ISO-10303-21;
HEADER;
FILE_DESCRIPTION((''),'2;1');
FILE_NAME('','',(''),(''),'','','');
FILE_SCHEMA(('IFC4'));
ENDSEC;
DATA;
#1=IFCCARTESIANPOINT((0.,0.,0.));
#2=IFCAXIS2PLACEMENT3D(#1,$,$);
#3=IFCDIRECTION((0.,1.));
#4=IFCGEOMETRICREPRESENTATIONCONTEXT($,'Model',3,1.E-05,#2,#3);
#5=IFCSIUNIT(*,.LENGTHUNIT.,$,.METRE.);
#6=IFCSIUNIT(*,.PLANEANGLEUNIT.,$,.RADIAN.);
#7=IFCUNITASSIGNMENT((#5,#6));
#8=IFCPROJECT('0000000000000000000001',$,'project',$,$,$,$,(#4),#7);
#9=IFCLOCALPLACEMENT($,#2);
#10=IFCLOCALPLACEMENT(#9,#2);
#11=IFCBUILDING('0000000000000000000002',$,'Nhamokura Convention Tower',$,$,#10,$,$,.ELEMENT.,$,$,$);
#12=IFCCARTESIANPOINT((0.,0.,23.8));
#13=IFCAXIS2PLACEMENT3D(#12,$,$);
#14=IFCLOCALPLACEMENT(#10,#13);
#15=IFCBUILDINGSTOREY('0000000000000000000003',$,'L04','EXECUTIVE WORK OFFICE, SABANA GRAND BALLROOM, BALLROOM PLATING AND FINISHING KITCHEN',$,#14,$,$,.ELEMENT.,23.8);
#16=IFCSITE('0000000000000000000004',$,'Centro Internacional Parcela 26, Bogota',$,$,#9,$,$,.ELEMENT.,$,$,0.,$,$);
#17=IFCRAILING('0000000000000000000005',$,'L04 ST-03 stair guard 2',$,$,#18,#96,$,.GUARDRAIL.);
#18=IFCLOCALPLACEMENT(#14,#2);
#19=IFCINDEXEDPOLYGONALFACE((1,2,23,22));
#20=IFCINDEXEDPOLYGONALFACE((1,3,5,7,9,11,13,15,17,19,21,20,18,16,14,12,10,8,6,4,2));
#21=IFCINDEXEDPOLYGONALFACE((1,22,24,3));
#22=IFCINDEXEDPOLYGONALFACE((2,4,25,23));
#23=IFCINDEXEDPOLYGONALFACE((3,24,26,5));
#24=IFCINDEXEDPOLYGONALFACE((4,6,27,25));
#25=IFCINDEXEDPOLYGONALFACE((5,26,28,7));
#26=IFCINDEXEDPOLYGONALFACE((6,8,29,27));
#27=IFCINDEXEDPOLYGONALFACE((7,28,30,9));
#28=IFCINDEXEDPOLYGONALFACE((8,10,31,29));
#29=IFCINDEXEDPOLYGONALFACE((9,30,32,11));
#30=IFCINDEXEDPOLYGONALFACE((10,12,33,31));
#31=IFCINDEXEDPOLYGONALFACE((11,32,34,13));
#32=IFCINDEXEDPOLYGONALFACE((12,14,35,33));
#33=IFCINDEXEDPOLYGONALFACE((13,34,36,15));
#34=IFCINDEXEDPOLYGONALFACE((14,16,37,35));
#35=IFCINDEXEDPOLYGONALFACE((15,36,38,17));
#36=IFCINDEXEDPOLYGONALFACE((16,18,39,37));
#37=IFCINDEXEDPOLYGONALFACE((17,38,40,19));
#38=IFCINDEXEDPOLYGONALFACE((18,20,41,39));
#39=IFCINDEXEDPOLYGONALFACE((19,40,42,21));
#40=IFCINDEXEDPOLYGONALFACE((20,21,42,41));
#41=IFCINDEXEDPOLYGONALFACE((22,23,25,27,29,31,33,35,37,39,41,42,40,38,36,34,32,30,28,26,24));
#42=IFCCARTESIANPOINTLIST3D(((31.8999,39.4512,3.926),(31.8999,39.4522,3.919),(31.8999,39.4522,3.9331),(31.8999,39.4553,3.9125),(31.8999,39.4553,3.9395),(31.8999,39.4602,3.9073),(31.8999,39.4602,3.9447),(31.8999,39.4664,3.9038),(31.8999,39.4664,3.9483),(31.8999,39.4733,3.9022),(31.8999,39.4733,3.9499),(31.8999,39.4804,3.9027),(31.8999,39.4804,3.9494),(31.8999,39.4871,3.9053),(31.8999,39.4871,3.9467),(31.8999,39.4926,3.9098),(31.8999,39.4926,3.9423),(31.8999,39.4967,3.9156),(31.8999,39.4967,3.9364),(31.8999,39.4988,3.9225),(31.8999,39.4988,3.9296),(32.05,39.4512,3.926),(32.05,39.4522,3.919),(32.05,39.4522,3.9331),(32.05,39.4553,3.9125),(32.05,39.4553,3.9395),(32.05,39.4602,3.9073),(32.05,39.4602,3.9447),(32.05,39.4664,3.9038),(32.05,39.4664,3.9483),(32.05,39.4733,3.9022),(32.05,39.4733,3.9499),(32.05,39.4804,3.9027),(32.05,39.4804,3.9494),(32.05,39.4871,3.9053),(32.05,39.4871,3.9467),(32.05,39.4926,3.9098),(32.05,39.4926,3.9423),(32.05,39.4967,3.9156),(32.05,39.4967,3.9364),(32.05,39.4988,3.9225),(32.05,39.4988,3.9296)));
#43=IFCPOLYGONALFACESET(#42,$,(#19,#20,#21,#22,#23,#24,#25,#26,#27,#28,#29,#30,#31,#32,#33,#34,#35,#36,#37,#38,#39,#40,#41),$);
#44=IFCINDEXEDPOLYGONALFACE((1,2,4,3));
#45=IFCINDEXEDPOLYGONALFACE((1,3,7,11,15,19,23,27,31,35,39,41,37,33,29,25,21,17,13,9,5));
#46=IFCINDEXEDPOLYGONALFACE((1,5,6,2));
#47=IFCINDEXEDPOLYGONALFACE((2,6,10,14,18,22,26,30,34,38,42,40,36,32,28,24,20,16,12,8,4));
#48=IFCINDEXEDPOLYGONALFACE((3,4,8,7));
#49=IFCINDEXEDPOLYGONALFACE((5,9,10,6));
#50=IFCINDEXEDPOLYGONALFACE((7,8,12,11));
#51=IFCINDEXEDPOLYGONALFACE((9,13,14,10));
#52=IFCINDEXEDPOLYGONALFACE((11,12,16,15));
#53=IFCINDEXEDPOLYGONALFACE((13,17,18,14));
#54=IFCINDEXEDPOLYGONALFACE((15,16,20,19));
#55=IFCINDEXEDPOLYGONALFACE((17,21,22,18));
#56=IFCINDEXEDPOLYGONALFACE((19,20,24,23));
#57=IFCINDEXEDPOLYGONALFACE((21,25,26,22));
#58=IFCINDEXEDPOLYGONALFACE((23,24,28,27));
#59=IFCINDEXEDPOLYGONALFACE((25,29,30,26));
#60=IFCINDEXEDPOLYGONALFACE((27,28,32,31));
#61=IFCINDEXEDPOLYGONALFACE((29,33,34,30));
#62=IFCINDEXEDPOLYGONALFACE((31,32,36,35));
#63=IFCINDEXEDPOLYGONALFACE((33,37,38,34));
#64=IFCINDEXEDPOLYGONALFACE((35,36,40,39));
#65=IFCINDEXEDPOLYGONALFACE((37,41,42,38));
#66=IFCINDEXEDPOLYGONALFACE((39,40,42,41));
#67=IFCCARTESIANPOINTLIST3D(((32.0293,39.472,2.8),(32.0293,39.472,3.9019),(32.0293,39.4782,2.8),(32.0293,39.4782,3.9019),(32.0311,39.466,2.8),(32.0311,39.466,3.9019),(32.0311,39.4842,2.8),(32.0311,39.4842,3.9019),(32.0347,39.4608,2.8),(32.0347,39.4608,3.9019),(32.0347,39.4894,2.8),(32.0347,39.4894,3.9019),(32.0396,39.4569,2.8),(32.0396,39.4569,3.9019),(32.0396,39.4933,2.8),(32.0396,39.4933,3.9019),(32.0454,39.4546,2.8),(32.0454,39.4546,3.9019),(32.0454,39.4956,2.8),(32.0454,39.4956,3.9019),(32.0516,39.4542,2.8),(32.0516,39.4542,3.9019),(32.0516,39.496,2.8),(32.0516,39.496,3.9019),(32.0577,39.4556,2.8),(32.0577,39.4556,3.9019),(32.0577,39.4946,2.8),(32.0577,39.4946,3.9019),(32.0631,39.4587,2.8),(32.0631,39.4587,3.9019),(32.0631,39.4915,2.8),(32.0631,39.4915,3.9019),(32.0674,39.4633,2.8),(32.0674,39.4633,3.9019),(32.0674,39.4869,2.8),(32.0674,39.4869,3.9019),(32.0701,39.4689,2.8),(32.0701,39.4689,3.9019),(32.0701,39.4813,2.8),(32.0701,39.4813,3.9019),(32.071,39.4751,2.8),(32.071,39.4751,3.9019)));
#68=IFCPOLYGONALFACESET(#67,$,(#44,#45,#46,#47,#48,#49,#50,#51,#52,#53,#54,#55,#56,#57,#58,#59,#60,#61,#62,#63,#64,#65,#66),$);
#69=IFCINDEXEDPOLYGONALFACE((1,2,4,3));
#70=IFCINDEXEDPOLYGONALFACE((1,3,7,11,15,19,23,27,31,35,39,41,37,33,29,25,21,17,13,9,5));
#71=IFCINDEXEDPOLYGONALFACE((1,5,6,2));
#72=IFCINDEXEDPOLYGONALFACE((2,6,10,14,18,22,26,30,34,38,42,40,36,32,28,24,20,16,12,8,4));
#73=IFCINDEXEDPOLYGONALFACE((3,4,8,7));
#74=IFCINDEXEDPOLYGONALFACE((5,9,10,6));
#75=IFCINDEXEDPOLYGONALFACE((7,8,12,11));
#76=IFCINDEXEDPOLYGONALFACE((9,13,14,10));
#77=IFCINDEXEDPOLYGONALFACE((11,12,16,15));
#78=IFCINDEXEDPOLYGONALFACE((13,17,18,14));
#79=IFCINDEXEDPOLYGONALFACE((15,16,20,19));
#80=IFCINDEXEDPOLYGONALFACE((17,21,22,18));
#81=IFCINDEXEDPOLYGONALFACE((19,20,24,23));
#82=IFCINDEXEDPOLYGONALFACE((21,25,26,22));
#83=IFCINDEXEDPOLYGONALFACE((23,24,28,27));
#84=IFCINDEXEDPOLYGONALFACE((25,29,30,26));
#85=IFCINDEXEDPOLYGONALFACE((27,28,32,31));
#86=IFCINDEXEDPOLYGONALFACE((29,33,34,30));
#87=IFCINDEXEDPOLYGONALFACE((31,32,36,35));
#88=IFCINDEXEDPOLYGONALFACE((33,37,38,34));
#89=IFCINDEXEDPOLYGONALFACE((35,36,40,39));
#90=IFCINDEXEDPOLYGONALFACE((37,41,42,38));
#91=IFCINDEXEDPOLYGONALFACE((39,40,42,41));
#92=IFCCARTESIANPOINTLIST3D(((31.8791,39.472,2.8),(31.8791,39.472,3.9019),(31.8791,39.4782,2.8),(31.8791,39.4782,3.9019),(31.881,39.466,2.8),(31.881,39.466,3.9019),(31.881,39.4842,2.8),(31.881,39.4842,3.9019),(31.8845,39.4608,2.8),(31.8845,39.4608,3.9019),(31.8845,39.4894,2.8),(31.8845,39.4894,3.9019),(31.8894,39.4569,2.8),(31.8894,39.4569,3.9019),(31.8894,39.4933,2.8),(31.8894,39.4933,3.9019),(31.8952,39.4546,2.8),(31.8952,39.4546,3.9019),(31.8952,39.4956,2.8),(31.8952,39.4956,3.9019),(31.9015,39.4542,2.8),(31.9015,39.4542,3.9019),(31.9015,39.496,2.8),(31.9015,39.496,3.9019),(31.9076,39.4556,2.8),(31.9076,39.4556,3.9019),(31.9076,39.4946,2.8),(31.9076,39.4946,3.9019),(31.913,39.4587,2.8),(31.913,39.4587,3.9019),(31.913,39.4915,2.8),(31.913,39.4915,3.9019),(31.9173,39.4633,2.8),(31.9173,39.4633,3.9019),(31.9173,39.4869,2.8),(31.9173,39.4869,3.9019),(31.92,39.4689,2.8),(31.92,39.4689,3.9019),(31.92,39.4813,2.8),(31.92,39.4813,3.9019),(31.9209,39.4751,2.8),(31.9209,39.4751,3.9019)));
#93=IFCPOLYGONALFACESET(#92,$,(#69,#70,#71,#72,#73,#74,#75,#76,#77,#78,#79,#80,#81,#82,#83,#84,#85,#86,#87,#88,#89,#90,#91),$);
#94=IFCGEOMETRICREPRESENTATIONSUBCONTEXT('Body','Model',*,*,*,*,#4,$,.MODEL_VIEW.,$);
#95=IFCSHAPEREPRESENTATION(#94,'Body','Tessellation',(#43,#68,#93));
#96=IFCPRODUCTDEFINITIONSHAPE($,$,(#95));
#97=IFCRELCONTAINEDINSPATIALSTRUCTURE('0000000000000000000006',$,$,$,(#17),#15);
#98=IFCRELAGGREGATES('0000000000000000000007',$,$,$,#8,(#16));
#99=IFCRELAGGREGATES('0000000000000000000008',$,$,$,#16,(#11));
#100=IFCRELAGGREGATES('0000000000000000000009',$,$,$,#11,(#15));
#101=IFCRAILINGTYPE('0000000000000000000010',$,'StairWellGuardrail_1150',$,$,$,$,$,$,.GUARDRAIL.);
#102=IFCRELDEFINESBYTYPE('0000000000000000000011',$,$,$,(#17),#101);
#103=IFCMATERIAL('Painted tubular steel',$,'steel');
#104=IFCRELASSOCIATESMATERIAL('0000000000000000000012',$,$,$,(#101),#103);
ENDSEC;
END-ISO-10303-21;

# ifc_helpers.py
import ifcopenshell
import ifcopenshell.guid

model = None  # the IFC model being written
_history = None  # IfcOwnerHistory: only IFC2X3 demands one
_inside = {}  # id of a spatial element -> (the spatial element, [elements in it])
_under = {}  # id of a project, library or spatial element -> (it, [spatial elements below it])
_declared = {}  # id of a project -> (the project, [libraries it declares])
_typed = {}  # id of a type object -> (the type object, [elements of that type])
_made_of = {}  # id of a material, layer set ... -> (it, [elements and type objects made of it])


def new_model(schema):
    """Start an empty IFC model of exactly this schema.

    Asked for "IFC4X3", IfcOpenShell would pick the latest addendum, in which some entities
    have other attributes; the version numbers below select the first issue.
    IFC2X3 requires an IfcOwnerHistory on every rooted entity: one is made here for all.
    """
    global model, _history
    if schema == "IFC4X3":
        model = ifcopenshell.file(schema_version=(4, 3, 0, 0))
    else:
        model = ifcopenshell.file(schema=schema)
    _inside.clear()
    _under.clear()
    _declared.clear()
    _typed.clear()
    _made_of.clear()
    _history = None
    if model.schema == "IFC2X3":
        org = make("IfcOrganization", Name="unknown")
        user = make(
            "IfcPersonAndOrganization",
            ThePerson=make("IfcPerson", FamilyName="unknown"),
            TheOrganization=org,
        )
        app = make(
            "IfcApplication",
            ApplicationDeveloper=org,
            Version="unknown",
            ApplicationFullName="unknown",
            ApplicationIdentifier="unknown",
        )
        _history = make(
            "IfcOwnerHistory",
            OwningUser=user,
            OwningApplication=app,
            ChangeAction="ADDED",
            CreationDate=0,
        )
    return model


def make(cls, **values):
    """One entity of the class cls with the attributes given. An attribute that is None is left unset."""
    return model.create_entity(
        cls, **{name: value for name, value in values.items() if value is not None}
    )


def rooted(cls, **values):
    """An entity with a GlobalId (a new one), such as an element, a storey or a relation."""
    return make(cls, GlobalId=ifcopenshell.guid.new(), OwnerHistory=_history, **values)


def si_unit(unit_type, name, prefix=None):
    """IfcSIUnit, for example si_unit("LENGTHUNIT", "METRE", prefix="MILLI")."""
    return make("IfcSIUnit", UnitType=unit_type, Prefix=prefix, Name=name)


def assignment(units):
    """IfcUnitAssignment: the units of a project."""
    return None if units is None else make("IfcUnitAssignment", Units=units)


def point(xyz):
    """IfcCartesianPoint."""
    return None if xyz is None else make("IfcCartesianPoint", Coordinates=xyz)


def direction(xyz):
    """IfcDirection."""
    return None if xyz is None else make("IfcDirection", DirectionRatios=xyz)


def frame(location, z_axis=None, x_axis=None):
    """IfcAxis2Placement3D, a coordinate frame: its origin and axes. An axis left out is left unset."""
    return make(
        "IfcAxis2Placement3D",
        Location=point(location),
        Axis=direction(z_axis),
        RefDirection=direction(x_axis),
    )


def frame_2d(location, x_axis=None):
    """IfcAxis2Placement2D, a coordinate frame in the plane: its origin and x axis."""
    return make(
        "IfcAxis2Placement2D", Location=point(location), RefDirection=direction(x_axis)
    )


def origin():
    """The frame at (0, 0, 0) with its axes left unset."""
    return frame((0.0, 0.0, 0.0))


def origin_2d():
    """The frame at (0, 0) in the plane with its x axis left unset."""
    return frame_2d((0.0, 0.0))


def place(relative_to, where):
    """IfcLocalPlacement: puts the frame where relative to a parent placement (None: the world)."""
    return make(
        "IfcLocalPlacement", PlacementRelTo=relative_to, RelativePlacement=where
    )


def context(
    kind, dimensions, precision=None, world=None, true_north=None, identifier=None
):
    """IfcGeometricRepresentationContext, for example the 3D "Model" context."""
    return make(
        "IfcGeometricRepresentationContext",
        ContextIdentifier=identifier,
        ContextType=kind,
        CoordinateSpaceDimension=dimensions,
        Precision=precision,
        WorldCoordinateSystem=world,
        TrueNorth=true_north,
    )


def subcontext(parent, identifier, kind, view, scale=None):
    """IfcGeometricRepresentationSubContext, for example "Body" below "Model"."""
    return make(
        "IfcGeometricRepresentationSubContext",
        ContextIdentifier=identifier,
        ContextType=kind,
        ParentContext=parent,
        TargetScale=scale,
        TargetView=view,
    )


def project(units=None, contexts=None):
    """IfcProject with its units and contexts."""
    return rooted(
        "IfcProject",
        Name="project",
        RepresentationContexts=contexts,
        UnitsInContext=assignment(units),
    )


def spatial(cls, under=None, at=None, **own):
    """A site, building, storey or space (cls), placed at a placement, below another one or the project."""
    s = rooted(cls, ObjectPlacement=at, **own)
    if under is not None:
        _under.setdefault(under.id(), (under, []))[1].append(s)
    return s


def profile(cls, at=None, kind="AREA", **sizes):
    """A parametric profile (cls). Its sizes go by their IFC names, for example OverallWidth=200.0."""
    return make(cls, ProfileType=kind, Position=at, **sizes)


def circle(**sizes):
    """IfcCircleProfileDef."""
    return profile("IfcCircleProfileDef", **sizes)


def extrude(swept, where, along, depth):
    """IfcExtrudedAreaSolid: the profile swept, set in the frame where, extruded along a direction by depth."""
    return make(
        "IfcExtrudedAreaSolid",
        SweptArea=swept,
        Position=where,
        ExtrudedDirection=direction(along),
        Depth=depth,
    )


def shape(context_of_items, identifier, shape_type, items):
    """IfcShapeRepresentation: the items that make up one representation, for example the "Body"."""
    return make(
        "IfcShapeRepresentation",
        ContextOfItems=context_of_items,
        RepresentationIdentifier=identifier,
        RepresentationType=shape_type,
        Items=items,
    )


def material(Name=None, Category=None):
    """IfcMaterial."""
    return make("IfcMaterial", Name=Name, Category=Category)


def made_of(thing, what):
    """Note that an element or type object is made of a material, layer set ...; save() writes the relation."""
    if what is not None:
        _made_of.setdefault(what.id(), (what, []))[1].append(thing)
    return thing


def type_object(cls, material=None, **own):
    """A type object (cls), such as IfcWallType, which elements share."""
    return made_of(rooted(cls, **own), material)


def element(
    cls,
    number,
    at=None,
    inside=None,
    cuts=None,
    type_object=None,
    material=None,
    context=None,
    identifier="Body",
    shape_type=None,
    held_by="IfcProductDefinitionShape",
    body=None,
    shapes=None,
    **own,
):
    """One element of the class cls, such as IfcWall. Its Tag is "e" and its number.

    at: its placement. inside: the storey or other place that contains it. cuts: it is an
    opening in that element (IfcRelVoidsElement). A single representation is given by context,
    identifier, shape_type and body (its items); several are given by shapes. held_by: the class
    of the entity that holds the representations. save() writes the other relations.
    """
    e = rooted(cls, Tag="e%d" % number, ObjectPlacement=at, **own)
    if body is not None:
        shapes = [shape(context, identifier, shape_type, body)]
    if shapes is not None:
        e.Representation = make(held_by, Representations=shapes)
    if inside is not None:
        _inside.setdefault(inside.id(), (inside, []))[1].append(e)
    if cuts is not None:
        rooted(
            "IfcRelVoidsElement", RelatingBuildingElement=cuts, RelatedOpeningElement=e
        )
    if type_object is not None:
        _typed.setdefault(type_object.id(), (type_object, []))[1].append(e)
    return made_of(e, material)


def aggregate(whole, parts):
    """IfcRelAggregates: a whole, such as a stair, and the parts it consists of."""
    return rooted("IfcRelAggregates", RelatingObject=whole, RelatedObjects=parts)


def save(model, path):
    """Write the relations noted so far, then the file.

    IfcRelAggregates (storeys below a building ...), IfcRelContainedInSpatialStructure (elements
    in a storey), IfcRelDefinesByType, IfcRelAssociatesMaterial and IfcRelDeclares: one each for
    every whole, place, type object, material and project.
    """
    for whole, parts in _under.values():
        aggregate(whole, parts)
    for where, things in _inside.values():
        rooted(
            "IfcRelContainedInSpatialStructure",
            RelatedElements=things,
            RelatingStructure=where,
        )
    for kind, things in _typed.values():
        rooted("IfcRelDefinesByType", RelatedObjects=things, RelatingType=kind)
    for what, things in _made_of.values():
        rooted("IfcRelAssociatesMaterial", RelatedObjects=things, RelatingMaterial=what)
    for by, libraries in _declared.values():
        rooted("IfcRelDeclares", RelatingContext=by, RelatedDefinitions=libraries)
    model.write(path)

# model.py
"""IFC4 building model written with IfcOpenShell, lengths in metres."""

from ifc_helpers import new_model, si_unit, direction, frame, origin, origin_2d, place, context, subcontext, project, spatial, circle, extrude, material, type_object, element, save


model = new_model("IFC4")

# Units and contexts
model_context = context("Model", 3, precision=1e-05, world=origin(), true_north=direction((0.0, 1.0)))
body_context = subcontext(model_context, "Body", "Model", "MODEL_VIEW")
ifc_project = project(units=[si_unit("LENGTHUNIT", "METRE"), si_unit("PLANEANGLEUNIT", "RADIAN")], contexts=[model_context])

# Site, building, storey
site_placement = place(None, origin())
site = spatial("IfcSite", under=ifc_project, at=site_placement, Name="Centro Internacional Parcela 26, Bogota", CompositionType="ELEMENT", RefElevation=0.0)
building_placement = place(site_placement, origin())
building = spatial("IfcBuilding", under=site, at=building_placement, Name="Nhamokura Convention Tower", CompositionType="ELEMENT")
storey_placement = place(building_placement, frame((0.0, 0.0, 23.8)))
storey = spatial("IfcBuildingStorey", under=building, at=storey_placement, Name="L04", Description="EXECUTIVE WORK OFFICE, SABANA GRAND BALLROOM, BALLROOM PLATING AND FINISHING KITCHEN", CompositionType="ELEMENT", Elevation=23.8)

# Railing
ifc_material_1 = material(Name="Painted tubular steel", Category="steel")
railing_type = type_object("IfcRailingType", Name="StairWellGuardrail_1150", PredefinedType="GUARDRAIL", material=ifc_material_1)
railing_1_placement = place(storey_placement, frame((32.05, 39.4751, 2.8)))
element("IfcRailing", 1, at=railing_1_placement, inside=storey, type_object=railing_type, Name="L04 ST-03 stair guard 2", PredefinedType="GUARDRAIL", context=body_context, shape_type="SweptSolid", body=[
    extrude(circle(Radius=0.0239, at=origin_2d()), frame((0.0, 0.0, 1.126), z_axis=(-1.0, 0.0, 0.0), x_axis=(0.0, -1.0, 0.0)), (0.0, 0.0, 1.0), 0.1501),
    extrude(circle(Radius=0.021, at=origin_2d()), origin(), (0.0, 0.0, 1.0), 1.1018),
    extrude(circle(Radius=0.021, at=origin_2d()), frame((-0.1501, 0.0, 0.0)), (0.0, 0.0, 1.0), 1.1018),
])

save(model, "model.ifc")
